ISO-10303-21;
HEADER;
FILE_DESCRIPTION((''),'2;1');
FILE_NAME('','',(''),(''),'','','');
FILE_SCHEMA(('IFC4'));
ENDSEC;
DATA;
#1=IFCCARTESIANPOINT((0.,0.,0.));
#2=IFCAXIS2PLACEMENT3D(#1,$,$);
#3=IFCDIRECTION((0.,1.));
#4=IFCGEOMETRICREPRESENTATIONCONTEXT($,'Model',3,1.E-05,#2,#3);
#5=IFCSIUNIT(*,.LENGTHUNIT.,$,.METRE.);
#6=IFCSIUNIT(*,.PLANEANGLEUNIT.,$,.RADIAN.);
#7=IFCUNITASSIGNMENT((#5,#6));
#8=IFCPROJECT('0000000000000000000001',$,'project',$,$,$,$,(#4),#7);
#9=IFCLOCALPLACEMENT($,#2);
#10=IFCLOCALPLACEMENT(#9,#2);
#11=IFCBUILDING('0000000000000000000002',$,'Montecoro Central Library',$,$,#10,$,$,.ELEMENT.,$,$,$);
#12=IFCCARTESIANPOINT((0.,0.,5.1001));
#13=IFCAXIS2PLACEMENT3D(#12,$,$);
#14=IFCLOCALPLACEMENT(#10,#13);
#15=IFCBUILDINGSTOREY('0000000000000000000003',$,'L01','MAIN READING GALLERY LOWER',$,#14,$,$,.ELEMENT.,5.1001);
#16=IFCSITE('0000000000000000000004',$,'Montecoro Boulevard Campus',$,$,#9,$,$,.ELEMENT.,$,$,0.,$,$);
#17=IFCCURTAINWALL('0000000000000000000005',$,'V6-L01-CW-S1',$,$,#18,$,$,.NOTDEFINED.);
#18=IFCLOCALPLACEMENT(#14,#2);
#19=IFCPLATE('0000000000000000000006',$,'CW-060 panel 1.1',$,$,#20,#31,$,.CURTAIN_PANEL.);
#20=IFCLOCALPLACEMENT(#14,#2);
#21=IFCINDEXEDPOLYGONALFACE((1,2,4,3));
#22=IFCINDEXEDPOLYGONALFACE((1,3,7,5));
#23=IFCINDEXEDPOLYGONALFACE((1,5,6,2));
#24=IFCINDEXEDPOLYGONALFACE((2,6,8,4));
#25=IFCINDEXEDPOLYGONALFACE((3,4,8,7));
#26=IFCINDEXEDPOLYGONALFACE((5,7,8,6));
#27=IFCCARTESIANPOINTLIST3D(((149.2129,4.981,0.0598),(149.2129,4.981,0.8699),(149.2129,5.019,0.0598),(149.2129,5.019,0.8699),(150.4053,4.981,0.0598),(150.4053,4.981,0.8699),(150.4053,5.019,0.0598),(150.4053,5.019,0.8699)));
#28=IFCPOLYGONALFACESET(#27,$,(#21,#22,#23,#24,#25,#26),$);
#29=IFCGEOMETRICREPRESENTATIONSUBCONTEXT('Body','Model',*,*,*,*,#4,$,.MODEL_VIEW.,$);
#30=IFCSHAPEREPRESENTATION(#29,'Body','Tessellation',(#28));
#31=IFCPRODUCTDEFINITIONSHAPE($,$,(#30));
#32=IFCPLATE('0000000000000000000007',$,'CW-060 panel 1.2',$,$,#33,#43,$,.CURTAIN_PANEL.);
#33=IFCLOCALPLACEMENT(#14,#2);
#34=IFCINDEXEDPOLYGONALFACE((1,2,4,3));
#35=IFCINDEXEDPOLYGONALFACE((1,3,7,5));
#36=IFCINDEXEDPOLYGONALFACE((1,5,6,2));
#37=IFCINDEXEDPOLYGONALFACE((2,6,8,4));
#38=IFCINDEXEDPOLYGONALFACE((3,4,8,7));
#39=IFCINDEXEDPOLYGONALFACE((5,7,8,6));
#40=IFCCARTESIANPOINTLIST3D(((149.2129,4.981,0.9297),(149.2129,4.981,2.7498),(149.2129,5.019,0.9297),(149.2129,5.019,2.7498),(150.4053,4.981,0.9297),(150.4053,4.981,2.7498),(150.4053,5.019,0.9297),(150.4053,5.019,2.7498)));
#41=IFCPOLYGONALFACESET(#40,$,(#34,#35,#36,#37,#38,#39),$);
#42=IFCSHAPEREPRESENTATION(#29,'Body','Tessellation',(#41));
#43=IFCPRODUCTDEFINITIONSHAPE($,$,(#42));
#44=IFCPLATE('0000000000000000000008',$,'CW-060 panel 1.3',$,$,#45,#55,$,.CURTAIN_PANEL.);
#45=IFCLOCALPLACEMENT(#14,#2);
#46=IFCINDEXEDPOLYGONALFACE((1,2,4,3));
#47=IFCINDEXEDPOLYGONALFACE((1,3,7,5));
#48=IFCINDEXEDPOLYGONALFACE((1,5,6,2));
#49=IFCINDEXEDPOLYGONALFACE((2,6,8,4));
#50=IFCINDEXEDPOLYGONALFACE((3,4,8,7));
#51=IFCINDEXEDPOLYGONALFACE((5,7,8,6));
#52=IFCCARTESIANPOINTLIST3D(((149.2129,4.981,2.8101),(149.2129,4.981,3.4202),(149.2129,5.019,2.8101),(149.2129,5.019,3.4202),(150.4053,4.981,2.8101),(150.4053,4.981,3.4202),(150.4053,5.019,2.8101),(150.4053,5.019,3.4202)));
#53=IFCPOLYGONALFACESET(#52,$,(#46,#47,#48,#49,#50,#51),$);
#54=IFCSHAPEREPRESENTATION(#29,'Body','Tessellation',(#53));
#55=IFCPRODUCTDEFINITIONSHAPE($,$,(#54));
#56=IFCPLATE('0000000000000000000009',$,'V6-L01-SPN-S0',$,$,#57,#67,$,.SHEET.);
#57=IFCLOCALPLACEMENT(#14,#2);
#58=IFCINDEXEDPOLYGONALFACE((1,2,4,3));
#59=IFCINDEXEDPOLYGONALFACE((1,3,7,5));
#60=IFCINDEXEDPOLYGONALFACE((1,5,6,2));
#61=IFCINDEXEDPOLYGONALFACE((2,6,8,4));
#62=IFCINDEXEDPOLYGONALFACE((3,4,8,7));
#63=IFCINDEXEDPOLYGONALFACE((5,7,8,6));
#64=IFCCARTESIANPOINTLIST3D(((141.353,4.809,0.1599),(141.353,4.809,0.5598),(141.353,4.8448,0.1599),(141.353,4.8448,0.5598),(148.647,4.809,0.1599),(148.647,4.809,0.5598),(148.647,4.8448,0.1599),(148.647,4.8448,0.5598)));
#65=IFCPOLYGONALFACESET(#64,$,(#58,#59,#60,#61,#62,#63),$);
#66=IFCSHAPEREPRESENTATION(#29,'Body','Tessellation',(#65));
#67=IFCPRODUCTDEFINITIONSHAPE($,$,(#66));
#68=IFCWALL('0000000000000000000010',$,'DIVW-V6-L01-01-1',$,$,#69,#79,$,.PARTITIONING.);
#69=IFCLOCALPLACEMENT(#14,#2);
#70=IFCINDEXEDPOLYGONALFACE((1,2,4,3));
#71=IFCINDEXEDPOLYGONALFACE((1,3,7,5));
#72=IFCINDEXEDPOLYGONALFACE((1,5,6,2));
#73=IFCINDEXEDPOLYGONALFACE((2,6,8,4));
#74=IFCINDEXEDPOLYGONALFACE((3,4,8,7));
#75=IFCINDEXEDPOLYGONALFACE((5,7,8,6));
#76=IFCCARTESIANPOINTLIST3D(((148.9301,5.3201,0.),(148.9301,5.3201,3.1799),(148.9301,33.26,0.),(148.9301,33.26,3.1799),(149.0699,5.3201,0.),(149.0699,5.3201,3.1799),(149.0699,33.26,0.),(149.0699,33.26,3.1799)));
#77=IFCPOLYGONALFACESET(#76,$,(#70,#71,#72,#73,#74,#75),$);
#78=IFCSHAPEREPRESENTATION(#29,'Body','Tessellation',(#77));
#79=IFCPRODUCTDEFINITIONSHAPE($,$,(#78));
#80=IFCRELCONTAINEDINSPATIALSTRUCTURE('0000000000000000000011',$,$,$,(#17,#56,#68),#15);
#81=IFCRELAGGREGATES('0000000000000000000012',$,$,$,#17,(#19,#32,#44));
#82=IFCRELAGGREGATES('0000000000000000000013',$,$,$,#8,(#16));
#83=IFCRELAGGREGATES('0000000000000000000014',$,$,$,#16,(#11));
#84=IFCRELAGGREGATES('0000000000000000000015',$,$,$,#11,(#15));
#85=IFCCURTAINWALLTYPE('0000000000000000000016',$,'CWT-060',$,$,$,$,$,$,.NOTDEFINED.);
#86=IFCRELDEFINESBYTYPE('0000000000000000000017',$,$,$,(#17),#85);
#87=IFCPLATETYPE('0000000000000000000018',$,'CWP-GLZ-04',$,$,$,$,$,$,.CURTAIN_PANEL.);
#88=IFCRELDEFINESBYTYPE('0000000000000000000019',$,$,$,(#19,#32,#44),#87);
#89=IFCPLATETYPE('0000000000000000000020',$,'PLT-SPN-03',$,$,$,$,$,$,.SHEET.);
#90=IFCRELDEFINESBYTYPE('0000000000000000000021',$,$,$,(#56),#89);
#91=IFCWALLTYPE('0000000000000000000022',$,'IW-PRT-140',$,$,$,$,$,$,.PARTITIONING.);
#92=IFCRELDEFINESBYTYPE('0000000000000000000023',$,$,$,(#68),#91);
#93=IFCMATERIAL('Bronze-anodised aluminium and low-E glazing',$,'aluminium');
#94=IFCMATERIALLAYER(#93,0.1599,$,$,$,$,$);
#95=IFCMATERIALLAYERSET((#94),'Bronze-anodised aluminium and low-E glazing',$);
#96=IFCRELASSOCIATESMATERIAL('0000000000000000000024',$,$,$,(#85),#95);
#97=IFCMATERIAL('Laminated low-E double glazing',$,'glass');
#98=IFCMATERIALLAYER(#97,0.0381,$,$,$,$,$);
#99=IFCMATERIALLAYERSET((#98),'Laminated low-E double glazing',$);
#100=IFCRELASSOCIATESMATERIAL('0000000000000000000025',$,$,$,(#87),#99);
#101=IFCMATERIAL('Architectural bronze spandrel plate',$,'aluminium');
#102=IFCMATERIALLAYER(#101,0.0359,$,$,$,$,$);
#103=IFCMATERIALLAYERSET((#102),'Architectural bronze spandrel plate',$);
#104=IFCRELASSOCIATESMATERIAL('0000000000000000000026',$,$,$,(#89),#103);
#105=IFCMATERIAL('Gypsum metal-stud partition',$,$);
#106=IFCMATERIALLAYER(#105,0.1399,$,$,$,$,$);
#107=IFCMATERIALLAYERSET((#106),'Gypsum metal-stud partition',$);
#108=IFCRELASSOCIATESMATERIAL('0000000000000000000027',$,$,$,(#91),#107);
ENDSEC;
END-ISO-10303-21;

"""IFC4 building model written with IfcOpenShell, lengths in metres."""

from ifc_helpers import new_model, si_unit, direction, frame, frame_2d, origin, origin_2d, place, context, subcontext, project, spatial, rectangle, extrude, material, layer, layer_set, type_object, element, aggregate, save


model = new_model("IFC4")

# Units and contexts
model_context = context("Model", 3, precision=1e-05, world=origin(), true_north=direction((0.0, 1.0)))
body_context = subcontext(model_context, "Body", "Model", "MODEL_VIEW")
ifc_project = project(units=[si_unit("LENGTHUNIT", "METRE"), si_unit("PLANEANGLEUNIT", "RADIAN")], contexts=[model_context])

# Site, building, storey
site_placement = place(None, origin())
site = spatial("IfcSite", under=ifc_project, at=site_placement, Name="Montecoro Boulevard Campus", CompositionType="ELEMENT", RefElevation=0.0)
building_placement = place(site_placement, origin())
building = spatial("IfcBuilding", under=site, at=building_placement, Name="Montecoro Central Library", CompositionType="ELEMENT")
storey_placement = place(building_placement, frame((0.0, 0.0, 5.1001)))
storey = spatial("IfcBuildingStorey", under=building, at=storey_placement, Name="L01", Description="MAIN READING GALLERY LOWER", CompositionType="ELEMENT", Elevation=5.1001)

# Curtain wall, plates
ifc_material_1 = material(Name="Bronze-anodised aluminium and low-E glazing", Category="aluminium")
ifc_layer_1 = layer(ifc_material_1, 0.1599)
ifc_layer_set_1 = layer_set([ifc_layer_1], Name="Bronze-anodised aluminium and low-E glazing")
curtain_wall_type = type_object("IfcCurtainWallType", Name="CWT-060", PredefinedType="NOTDEFINED", material=ifc_layer_set_1)
curtain_wall_placement = place(storey_placement, origin())
curtain_wall = element("IfcCurtainWall", 1, at=curtain_wall_placement, inside=storey, type_object=curtain_wall_type, Name="V6-L01-CW-S1", PredefinedType="NOTDEFINED")
ifc_material_2 = material(Name="Laminated low-E double glazing", Category="glass")
ifc_layer_2 = layer(ifc_material_2, 0.0381)
ifc_layer_set_2 = layer_set([ifc_layer_2], Name="Laminated low-E double glazing")
plate_type_1 = type_object("IfcPlateType", Name="CWP-GLZ-04", PredefinedType="CURTAIN_PANEL", material=ifc_layer_set_2)
plate_1_placement = place(storey_placement, frame((149.8091, 5.0, 0.0598), z_axis=(0.0, 0.0, 1.0), x_axis=(1.0, 0.0, 0.0)))
plate_1 = element("IfcPlate", 2, at=plate_1_placement, type_object=plate_type_1, Name="CW-060 panel 1.1", PredefinedType="CURTAIN_PANEL", context=body_context, shape_type="SweptSolid", body=[
    extrude(rectangle(XDim=1.1924, YDim=0.0381, at=origin_2d()), origin(), (0.0, 0.0, 1.0), 0.8101),
])
plate_2_placement = place(storey_placement, frame((149.8091, 5.0, 0.9297), z_axis=(0.0, 0.0, 1.0), x_axis=(1.0, 0.0, 0.0)))
plate_2 = element("IfcPlate", 3, at=plate_2_placement, type_object=plate_type_1, Name="CW-060 panel 1.2", PredefinedType="CURTAIN_PANEL", context=body_context, shape_type="SweptSolid", body=[
    extrude(rectangle(XDim=1.1924, YDim=0.0381, at=origin_2d()), origin(), (0.0, 0.0, 1.0), 1.8201),
])
plate_3_placement = place(storey_placement, frame((149.8091, 5.0, 2.8101), z_axis=(0.0, 0.0, 1.0), x_axis=(1.0, 0.0, 0.0)))
plate_3 = element("IfcPlate", 4, at=plate_3_placement, type_object=plate_type_1, Name="CW-060 panel 1.3", PredefinedType="CURTAIN_PANEL", context=body_context, shape_type="SweptSolid", body=[
    extrude(rectangle(XDim=1.1924, YDim=0.0381, at=origin_2d()), origin(), (0.0, 0.0, 1.0), 0.6101),
])
aggregate(curtain_wall, [plate_1, plate_2, plate_3])

# Plate
ifc_material_3 = material(Name="Architectural bronze spandrel plate", Category="aluminium")
ifc_layer_3 = layer(ifc_material_3, 0.0359)
ifc_layer_set_3 = layer_set([ifc_layer_3], Name="Architectural bronze spandrel plate")
plate_type_2 = type_object("IfcPlateType", Name="PLT-SPN-03", PredefinedType="SHEET", material=ifc_layer_set_3)
plate_4_placement = place(storey_placement, frame((145.0, 4.8269, 0.1599), z_axis=(0.0, 0.0, 1.0), x_axis=(1.0, 0.0, 0.0)))
element("IfcPlate", 5, at=plate_4_placement, inside=storey, type_object=plate_type_2, Name="V6-L01-SPN-S0", PredefinedType="SHEET", context=body_context, shape_type="SweptSolid", body=[
    extrude(rectangle(XDim=7.2939, YDim=0.0359, at=origin_2d()), origin(), (0.0, 0.0, 1.0), 0.3999),
])

# Wall
ifc_material_4 = material(Name="Gypsum metal-stud partition")
ifc_layer_4 = layer(ifc_material_4, 0.1399)
ifc_layer_set_4 = layer_set([ifc_layer_4], Name="Gypsum metal-stud partition")
wall_type = type_object("IfcWallType", Name="IW-PRT-140", PredefinedType="PARTITIONING", material=ifc_layer_set_4)
wall_placement = place(storey_placement, frame((149.0, 5.3201, 0.0), z_axis=(0.0, 0.0, 1.0), x_axis=(0.0, 1.0, 0.0)))
element("IfcWall", 6, at=wall_placement, inside=storey, type_object=wall_type, Name="DIVW-V6-L01-01-1", PredefinedType="PARTITIONING", context=body_context, shape_type="SweptSolid", body=[
    extrude(rectangle(XDim=27.9399, YDim=0.1399, at=frame_2d((13.97, 0.0))), origin(), (0.0, 0.0, 1.0), 3.1799),
])

save(model, "model.ifc")
